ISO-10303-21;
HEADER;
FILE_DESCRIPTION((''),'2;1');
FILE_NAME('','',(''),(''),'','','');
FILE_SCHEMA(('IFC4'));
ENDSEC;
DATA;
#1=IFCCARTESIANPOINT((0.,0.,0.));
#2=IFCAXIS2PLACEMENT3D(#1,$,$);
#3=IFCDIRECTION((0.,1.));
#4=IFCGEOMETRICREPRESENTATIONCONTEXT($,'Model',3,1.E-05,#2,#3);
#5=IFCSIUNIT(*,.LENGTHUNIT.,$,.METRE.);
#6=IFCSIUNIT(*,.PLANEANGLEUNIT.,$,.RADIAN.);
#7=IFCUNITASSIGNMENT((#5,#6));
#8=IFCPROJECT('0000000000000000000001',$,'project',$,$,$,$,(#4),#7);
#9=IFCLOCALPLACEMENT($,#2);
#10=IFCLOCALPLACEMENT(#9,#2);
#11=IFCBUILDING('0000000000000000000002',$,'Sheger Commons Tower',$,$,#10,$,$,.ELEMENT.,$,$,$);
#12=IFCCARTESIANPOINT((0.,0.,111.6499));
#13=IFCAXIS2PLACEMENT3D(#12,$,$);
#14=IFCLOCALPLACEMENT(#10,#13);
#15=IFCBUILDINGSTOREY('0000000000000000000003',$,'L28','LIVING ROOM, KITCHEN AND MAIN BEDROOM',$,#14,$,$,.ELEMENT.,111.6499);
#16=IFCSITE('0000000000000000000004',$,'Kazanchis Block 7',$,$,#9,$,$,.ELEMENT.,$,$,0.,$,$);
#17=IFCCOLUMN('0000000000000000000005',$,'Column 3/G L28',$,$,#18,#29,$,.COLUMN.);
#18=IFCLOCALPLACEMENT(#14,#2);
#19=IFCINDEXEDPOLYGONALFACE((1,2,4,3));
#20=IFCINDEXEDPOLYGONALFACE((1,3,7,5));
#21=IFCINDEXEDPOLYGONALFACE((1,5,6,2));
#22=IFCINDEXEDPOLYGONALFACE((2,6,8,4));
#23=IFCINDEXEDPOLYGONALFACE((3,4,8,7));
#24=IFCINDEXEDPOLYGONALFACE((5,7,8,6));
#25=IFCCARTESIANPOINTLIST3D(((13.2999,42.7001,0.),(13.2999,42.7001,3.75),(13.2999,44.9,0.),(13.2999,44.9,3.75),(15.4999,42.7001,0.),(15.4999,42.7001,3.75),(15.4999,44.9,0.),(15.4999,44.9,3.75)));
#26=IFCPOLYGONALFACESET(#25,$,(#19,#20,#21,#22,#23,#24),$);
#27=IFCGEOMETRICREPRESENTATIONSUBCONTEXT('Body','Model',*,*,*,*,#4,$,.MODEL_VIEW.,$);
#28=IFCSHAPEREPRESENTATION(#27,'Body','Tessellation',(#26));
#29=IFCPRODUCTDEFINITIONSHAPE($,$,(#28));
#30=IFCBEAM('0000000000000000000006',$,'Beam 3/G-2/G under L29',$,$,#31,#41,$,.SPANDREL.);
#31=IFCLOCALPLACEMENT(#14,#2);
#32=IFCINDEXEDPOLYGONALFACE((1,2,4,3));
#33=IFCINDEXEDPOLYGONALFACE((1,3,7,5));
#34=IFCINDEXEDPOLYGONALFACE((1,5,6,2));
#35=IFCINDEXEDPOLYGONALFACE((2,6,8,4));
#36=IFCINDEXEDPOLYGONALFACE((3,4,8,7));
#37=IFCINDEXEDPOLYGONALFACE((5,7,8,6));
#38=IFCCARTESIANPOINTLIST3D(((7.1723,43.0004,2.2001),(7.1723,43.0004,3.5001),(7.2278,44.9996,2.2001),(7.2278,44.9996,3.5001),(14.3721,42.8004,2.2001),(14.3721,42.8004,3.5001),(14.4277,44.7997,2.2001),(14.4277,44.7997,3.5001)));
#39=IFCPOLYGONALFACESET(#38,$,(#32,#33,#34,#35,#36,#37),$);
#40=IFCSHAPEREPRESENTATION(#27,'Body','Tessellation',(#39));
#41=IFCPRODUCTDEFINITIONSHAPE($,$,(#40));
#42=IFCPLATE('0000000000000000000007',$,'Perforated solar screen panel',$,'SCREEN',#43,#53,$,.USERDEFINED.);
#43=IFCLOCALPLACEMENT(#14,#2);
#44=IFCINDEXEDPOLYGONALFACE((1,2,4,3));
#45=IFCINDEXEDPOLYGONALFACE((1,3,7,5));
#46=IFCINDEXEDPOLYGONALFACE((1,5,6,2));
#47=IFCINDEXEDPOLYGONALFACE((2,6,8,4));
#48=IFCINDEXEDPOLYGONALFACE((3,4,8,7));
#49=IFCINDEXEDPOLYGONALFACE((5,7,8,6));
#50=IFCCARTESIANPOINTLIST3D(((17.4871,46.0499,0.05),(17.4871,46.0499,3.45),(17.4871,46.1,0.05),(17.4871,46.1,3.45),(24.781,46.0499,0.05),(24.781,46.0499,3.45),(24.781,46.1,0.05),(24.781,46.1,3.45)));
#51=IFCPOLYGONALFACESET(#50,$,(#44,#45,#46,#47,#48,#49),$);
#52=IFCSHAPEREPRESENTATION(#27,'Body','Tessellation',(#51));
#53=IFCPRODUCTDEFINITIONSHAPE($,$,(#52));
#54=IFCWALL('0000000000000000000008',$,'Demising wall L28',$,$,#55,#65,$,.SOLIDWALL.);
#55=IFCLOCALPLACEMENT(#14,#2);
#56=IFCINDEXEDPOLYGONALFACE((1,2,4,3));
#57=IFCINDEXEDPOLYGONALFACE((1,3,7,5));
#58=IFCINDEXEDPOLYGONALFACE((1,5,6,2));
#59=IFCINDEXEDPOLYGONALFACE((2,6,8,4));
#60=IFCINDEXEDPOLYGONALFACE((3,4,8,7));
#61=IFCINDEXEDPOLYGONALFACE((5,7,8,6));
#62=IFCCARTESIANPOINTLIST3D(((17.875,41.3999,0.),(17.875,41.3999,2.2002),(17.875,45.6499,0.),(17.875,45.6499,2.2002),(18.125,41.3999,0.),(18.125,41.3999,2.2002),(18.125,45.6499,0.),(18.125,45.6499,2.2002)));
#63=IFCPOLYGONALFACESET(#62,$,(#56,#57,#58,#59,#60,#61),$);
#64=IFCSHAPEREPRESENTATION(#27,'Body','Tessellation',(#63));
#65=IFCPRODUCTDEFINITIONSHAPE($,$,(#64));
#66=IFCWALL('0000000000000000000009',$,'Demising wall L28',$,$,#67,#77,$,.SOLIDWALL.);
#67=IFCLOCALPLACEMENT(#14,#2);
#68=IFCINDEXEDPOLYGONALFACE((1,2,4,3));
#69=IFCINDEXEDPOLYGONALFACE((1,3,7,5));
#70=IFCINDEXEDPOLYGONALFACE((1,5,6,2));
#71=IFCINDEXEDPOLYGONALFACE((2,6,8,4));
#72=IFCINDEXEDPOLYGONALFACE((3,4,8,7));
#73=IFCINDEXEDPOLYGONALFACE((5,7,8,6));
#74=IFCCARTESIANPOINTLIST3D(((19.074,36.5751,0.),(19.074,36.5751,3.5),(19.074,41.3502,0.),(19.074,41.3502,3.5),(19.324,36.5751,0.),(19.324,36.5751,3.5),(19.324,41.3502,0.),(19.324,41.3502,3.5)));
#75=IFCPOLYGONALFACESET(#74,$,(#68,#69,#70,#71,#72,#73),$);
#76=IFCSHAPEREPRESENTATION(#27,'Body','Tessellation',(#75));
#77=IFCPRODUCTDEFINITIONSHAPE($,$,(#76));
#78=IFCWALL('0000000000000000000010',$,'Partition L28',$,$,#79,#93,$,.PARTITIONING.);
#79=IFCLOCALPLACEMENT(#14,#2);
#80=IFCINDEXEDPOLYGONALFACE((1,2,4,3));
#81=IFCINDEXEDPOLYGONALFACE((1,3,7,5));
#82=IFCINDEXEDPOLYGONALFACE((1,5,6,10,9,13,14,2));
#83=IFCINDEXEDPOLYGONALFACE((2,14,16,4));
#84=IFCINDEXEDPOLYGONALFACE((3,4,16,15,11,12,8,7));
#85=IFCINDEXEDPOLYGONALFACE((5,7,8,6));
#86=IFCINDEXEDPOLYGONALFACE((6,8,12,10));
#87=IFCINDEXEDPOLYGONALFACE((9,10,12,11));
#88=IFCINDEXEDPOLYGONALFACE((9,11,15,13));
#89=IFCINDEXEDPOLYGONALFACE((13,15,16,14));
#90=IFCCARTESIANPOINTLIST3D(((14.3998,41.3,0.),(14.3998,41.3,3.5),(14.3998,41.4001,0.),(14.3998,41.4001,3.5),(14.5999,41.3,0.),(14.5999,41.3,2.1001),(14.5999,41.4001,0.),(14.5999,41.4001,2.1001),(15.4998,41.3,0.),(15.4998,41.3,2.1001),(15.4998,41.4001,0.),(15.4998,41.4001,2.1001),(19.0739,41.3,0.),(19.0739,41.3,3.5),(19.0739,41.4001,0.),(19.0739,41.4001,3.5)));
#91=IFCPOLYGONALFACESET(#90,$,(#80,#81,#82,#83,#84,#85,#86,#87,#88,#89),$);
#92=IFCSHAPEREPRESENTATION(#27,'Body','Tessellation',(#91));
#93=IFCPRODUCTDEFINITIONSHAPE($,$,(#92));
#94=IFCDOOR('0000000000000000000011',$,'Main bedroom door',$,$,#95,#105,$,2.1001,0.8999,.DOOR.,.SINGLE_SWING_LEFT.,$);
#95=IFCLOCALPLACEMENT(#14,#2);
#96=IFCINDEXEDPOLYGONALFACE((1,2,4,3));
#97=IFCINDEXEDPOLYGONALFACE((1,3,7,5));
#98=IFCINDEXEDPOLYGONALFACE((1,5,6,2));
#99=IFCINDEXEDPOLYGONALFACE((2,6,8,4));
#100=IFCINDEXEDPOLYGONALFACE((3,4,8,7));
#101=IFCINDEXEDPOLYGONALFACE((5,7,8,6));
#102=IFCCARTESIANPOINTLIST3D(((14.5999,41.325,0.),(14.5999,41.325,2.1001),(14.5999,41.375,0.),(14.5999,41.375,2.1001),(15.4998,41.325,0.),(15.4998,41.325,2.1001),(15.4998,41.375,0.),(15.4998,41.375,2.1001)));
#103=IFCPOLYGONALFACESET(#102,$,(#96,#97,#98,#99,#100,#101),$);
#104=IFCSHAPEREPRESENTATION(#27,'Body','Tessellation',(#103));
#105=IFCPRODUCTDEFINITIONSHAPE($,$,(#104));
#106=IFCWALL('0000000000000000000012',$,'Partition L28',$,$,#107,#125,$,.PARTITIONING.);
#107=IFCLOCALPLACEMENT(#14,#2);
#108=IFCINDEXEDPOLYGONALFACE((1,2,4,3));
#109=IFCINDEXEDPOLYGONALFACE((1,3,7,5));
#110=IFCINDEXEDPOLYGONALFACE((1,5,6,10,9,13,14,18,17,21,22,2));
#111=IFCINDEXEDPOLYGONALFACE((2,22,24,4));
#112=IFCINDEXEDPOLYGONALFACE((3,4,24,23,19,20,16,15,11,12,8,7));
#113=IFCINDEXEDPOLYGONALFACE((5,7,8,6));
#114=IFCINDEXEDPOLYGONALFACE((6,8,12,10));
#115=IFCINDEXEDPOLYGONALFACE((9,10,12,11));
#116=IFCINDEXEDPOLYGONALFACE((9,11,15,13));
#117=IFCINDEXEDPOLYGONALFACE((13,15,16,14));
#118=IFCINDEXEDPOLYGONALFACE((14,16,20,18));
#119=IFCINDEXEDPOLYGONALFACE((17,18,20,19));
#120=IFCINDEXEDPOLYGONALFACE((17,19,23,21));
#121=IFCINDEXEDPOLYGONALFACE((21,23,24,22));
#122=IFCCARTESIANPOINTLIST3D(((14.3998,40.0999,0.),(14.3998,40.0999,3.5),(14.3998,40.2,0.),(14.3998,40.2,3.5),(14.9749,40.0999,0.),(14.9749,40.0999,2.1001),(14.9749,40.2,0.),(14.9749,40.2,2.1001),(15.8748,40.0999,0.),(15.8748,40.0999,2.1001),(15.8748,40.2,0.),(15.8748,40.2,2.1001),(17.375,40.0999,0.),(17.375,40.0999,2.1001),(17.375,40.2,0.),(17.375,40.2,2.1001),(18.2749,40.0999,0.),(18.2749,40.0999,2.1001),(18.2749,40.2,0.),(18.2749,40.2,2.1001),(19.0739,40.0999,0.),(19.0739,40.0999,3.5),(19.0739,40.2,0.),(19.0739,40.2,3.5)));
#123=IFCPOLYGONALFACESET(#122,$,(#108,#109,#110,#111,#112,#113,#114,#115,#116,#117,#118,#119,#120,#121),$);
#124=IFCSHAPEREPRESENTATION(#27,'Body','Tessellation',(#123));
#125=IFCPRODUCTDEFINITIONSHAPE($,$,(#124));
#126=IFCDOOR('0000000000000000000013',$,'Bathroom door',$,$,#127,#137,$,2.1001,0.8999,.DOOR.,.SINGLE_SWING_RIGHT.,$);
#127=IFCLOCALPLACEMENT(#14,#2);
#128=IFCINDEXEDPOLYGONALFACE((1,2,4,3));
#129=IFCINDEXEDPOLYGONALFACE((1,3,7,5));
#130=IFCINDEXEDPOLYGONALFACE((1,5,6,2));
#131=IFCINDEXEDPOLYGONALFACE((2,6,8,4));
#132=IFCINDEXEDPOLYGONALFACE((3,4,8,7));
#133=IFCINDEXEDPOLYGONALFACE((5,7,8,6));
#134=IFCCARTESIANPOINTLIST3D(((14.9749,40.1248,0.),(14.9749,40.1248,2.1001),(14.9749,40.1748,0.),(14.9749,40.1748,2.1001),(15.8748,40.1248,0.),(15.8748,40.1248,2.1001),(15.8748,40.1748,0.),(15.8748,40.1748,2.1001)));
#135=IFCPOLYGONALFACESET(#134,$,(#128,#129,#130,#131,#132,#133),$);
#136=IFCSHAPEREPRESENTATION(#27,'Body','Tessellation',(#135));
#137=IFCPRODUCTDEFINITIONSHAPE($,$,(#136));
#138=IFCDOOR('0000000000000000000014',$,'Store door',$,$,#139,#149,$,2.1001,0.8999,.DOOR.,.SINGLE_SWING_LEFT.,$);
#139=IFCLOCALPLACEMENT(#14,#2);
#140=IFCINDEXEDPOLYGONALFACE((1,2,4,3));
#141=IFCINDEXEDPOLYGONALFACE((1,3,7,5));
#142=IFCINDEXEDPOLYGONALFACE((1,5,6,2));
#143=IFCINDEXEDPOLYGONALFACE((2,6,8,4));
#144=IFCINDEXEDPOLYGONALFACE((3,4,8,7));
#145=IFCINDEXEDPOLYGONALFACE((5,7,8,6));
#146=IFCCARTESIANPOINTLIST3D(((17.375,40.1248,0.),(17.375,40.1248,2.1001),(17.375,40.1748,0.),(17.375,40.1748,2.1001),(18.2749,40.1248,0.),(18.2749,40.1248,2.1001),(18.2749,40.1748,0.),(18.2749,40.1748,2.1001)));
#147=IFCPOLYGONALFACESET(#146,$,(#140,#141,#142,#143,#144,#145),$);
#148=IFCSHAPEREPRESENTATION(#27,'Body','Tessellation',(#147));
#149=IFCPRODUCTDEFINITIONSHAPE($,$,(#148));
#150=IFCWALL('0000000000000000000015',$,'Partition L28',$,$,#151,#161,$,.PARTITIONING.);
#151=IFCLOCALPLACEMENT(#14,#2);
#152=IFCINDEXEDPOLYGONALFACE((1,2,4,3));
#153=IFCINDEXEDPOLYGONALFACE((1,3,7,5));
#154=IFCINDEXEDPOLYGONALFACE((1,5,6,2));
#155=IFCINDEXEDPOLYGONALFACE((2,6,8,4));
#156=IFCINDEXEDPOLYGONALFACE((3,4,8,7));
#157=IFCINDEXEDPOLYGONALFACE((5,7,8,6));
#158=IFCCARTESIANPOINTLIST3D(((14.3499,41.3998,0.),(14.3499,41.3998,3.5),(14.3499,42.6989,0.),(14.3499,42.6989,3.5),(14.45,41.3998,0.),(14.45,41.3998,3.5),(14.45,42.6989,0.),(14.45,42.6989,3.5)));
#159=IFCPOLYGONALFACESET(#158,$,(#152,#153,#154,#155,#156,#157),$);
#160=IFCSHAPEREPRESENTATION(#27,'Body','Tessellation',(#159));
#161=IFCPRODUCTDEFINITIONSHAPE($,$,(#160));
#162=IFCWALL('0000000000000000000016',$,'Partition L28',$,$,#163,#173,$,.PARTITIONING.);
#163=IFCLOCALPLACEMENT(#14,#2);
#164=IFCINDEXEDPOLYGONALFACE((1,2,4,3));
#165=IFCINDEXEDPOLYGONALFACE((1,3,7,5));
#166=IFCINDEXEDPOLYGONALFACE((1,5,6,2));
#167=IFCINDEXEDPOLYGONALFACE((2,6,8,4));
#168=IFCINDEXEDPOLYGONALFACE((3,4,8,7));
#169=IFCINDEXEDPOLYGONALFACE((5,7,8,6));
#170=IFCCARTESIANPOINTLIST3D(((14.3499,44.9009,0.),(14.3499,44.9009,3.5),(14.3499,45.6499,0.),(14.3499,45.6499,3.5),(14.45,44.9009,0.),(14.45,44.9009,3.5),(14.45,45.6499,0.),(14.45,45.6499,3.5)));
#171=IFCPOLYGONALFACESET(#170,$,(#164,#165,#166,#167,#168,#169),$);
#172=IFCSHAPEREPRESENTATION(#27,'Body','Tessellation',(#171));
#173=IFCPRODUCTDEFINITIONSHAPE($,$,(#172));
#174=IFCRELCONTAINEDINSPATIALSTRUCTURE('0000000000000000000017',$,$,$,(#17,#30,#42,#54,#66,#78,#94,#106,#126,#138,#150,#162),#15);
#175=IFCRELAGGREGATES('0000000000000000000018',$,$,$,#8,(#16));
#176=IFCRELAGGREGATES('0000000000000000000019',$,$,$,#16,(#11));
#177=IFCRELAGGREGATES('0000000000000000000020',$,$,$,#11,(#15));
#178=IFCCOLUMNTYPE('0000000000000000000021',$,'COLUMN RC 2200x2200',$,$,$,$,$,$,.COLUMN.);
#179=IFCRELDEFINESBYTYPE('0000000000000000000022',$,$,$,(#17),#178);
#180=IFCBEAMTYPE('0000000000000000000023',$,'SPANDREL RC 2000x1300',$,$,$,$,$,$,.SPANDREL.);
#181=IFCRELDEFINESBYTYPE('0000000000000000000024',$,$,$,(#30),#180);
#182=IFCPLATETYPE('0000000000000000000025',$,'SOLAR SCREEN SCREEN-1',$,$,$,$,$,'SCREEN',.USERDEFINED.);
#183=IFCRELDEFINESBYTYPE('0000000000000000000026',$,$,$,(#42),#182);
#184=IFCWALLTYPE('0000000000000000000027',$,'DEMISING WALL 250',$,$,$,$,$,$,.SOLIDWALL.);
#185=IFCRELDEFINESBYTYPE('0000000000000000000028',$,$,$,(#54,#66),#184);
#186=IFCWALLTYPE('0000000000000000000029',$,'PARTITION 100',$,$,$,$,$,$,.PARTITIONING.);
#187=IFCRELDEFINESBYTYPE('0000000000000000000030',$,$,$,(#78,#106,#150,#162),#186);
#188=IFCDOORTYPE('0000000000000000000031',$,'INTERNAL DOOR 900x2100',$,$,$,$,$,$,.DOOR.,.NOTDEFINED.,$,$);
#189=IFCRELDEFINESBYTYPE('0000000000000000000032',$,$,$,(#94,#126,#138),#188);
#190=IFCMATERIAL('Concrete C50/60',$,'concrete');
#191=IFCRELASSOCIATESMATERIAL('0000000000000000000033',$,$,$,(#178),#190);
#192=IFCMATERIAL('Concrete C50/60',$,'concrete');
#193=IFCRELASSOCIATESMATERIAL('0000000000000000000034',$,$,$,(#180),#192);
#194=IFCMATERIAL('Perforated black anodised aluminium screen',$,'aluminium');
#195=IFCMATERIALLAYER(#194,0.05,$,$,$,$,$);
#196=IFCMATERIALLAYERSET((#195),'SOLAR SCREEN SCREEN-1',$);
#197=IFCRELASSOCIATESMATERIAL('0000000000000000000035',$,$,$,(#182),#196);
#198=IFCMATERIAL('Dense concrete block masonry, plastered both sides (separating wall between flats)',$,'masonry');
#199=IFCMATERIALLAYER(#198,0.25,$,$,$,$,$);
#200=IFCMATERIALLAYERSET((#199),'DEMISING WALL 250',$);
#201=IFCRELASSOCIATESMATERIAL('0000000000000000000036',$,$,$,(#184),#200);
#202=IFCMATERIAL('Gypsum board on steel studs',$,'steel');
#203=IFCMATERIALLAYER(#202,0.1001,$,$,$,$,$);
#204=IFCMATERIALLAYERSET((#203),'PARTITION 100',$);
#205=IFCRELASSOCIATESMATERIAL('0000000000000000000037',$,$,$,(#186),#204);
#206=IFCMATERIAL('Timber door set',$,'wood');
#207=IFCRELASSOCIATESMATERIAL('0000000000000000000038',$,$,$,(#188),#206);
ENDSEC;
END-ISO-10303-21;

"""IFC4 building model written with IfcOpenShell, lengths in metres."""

from ifc_helpers import new_model, si_unit, direction, frame, frame_2d, origin, origin_2d, place, context, subcontext, project, spatial, rectangle, extrude, material, layer, layer_set, material_profile, profile_set, type_object, element, fill, save


model = new_model("IFC4")

# Units and contexts
model_context = context("Model", 3, precision=1e-05, world=origin(), true_north=direction((0.0, 1.0)))
body_context = subcontext(model_context, "Body", "Model", "MODEL_VIEW")
ifc_project = project(units=[si_unit("LENGTHUNIT", "METRE"), si_unit("PLANEANGLEUNIT", "RADIAN")], contexts=[model_context])

# Site, building, storey
site_placement = place(None, origin())
site = spatial("IfcSite", under=ifc_project, at=site_placement, Name="Kazanchis Block 7", CompositionType="ELEMENT", RefElevation=0.0)
building_placement = place(site_placement, origin())
building = spatial("IfcBuilding", under=site, at=building_placement, Name="Sheger Commons Tower", CompositionType="ELEMENT")
storey_placement = place(building_placement, frame((0.0, 0.0, 111.6499)))
storey = spatial("IfcBuildingStorey", under=building, at=storey_placement, Name="L28", Description="LIVING ROOM, KITCHEN AND MAIN BEDROOM", CompositionType="ELEMENT", Elevation=111.6499)

# Column
ifc_material_1 = material(Name="Concrete C50/60", Category="concrete")
ifc_material_profile_1 = material_profile(ifc_material_1, rectangle(XDim=2.2, YDim=2.2, at=origin_2d()), Name="RC 2200x2200")
ifc_profile_set_1 = profile_set([ifc_material_profile_1], Name="Concrete C50/60")
column_type = type_object("IfcColumnType", Name="COLUMN RC 2200x2200", PredefinedType="COLUMN", material=ifc_profile_set_1)
column_placement = place(storey_placement, frame((14.3999, 43.8, 0.0), z_axis=(0.0, 0.0, 1.0), x_axis=(1.0, 0.0, 0.0)))
element("IfcColumn", 1, at=column_placement, inside=storey, type_object=column_type, Name="Column 3/G L28", PredefinedType="COLUMN", context=body_context, shape_type="SweptSolid", body=[
    extrude(rectangle(XDim=2.2, YDim=2.2, at=origin_2d()), origin(), (0.0, 0.0, 1.0), 3.75),
])

# Beam
ifc_material_2 = material(Name="Concrete C50/60", Category="concrete")
ifc_material_profile_2 = material_profile(ifc_material_2, rectangle(XDim=2.0, YDim=1.3, at=origin_2d()), Name="RC 2000x1300")
ifc_profile_set_2 = profile_set([ifc_material_profile_2], Name="Concrete C50/60")
beam_type = type_object("IfcBeamType", Name="SPANDREL RC 2000x1300", PredefinedType="SPANDREL", material=ifc_profile_set_2)
beam_placement = place(storey_placement, frame((14.3999, 43.8, 2.8501), z_axis=(-0.999615, 0.02776, 0.0), x_axis=(-0.02776, -0.999615, 0.0)))
element("IfcBeam", 2, at=beam_placement, inside=storey, type_object=beam_type, Name="Beam 3/G-2/G under L29", PredefinedType="SPANDREL", context=body_context, shape_type="SweptSolid", body=[
    extrude(rectangle(XDim=2.0, YDim=1.3, at=origin_2d()), origin(), (0.0, 0.0, 1.0), 7.2026),
])

# Plate
ifc_material_3 = material(Name="Perforated black anodised aluminium screen", Category="aluminium")
ifc_layer_1 = layer(ifc_material_3, 0.05)
ifc_layer_set_1 = layer_set([ifc_layer_1], Name="SOLAR SCREEN SCREEN-1")
plate_type = type_object("IfcPlateType", Name="SOLAR SCREEN SCREEN-1", ElementType="SCREEN", PredefinedType="USERDEFINED", material=ifc_layer_set_1)
plate_placement = place(storey_placement, frame((21.134, 46.075, 0.05), z_axis=(0.0, 0.0, 1.0), x_axis=(-1.0, 0.0, 0.0)))
element("IfcPlate", 3, at=plate_placement, inside=storey, type_object=plate_type, Name="Perforated solar screen panel", ObjectType="SCREEN", PredefinedType="USERDEFINED", context=body_context, shape_type="SweptSolid", body=[
    extrude(rectangle(XDim=7.2939, YDim=0.05, at=origin_2d()), origin(), (0.0, 0.0, 1.0), 3.3999),
])

# Walls
ifc_material_4 = material(Name="Dense concrete block masonry, plastered both sides (separating wall between flats)", Category="masonry")
ifc_layer_2 = layer(ifc_material_4, 0.25)
ifc_layer_set_2 = layer_set([ifc_layer_2], Name="DEMISING WALL 250")
wall_type_1 = type_object("IfcWallType", Name="DEMISING WALL 250", PredefinedType="SOLIDWALL", material=ifc_layer_set_2)
wall_1_placement = place(storey_placement, frame((18.0, 41.3999, 0.0), z_axis=(0.0, 0.0, 1.0), x_axis=(0.0, 1.0, 0.0)))
element("IfcWall", 4, at=wall_1_placement, inside=storey, type_object=wall_type_1, Name="Demising wall L28", PredefinedType="SOLIDWALL", context=body_context, shape_type="SweptSolid", body=[
    extrude(rectangle(XDim=4.25, YDim=0.25, at=frame_2d((2.125, 0.0))), origin(), (0.0, 0.0, 1.0), 2.2002),
])
wall_2_placement = place(storey_placement, frame((19.199, 36.575, 0.0), z_axis=(0.0, 0.0, 1.0), x_axis=(0.0, 1.0, 0.0)))
element("IfcWall", 5, at=wall_2_placement, inside=storey, type_object=wall_type_1, Name="Demising wall L28", PredefinedType="SOLIDWALL", context=body_context, shape_type="SweptSolid", body=[
    extrude(rectangle(XDim=4.7751, YDim=0.25, at=frame_2d((2.3877, 0.0))), origin(), (0.0, 0.0, 1.0), 3.5),
])

# Wall, opening, door
ifc_material_5 = material(Name="Gypsum board on steel studs", Category="steel")
ifc_layer_3 = layer(ifc_material_5, 0.1001)
ifc_layer_set_3 = layer_set([ifc_layer_3], Name="PARTITION 100")
wall_type_2 = type_object("IfcWallType", Name="PARTITION 100", PredefinedType="PARTITIONING", material=ifc_layer_set_3)
wall_3_placement = place(storey_placement, frame((14.3999, 41.3501, 0.0), z_axis=(0.0, 0.0, 1.0), x_axis=(1.0, 0.0, 0.0)))
wall_3 = element("IfcWall", 6, at=wall_3_placement, inside=storey, type_object=wall_type_2, Name="Partition L28", PredefinedType="PARTITIONING", context=body_context, shape_type="SweptSolid", body=[
    extrude(rectangle(XDim=4.6741, YDim=0.1001, at=frame_2d((2.3369, 0.0))), origin(), (0.0, 0.0, 1.0), 3.5),
])
opening_1_placement = place(wall_3_placement, frame((0.2, 0.0, 0.0)))
opening_1 = element("IfcOpeningElement", 7, at=opening_1_placement, cuts=wall_3, PredefinedType="OPENING", context=body_context, shape_type="SweptSolid", body=[
    extrude(rectangle(XDim=0.8999, YDim=2.1001, at=frame_2d((0.45, 1.05))), frame((0.0, 0.0601, 0.0), z_axis=(0.0, -1.0, 0.0), x_axis=(1.0, 0.0, 0.0)), (0.0, 0.0, 1.0), 0.1201),
])
ifc_material_6 = material(Name="Timber door set", Category="wood")
door_type_1 = type_object("IfcDoorType", Name="INTERNAL DOOR 900x2100", OperationType="NOTDEFINED", PredefinedType="DOOR", material=ifc_material_6)
door_1_placement = place(opening_1_placement, origin())
door_1 = element("IfcDoor", 8, at=door_1_placement, inside=storey, type_object=door_type_1, Name="Main bedroom door", OperationType="SINGLE_SWING_LEFT", OverallHeight=2.1001, OverallWidth=0.8999, PredefinedType="DOOR", context=body_context, shape_type="SweptSolid", body=[
    extrude(rectangle(XDim=0.8999, YDim=2.1001, at=frame_2d((0.45, 1.05))), frame((0.0, 0.0249, 0.0), z_axis=(0.0, -1.0, 0.0), x_axis=(1.0, 0.0, 0.0)), (0.0, 0.0, 1.0), 0.05),
])
fill(opening_1, door_1)

# Wall, openings, doors
wall_4_placement = place(storey_placement, frame((14.3999, 40.1499, 0.0), z_axis=(0.0, 0.0, 1.0), x_axis=(1.0, 0.0, 0.0)))
wall_4 = element("IfcWall", 9, at=wall_4_placement, inside=storey, type_object=wall_type_2, Name="Partition L28", PredefinedType="PARTITIONING", context=body_context, shape_type="SweptSolid", body=[
    extrude(rectangle(XDim=4.6741, YDim=0.1001, at=frame_2d((2.3369, 0.0))), origin(), (0.0, 0.0, 1.0), 3.5),
])
opening_2_placement = place(wall_4_placement, frame((0.575, 0.0, 0.0)))
opening_2 = element("IfcOpeningElement", 10, at=opening_2_placement, cuts=wall_4, PredefinedType="OPENING", context=body_context, shape_type="SweptSolid", body=[
    extrude(rectangle(XDim=0.8999, YDim=2.1001, at=frame_2d((0.45, 1.05))), frame((0.0, 0.0601, 0.0), z_axis=(0.0, -1.0, 0.0), x_axis=(1.0, 0.0, 0.0)), (0.0, 0.0, 1.0), 0.1201),
])
opening_3_placement = place(wall_4_placement, frame((2.9751, 0.0, 0.0)))
opening_3 = element("IfcOpeningElement", 11, at=opening_3_placement, cuts=wall_4, PredefinedType="OPENING", context=body_context, shape_type="SweptSolid", body=[
    extrude(rectangle(XDim=0.8999, YDim=2.1001, at=frame_2d((0.45, 1.05))), frame((0.0, 0.0601, 0.0), z_axis=(0.0, -1.0, 0.0), x_axis=(1.0, 0.0, 0.0)), (0.0, 0.0, 1.0), 0.1201),
])
door_2_placement = place(opening_2_placement, origin())
door_2 = element("IfcDoor", 12, at=door_2_placement, inside=storey, type_object=door_type_1, Name="Bathroom door", OperationType="SINGLE_SWING_RIGHT", OverallHeight=2.1001, OverallWidth=0.8999, PredefinedType="DOOR", context=body_context, shape_type="SweptSolid", body=[
    extrude(rectangle(XDim=0.8999, YDim=2.1001, at=frame_2d((0.45, 1.05))), frame((0.0, 0.0249, 0.0), z_axis=(0.0, -1.0, 0.0), x_axis=(1.0, 0.0, 0.0)), (0.0, 0.0, 1.0), 0.05),
])
fill(opening_2, door_2)
door_3_placement = place(opening_3_placement, origin())
door_3 = element("IfcDoor", 13, at=door_3_placement, inside=storey, type_object=door_type_1, Name="Store door", OperationType="SINGLE_SWING_LEFT", OverallHeight=2.1001, OverallWidth=0.8999, PredefinedType="DOOR", context=body_context, shape_type="SweptSolid", body=[
    extrude(rectangle(XDim=0.8999, YDim=2.1001, at=frame_2d((0.45, 1.05))), frame((0.0, 0.0249, 0.0), z_axis=(0.0, -1.0, 0.0), x_axis=(1.0, 0.0, 0.0)), (0.0, 0.0, 1.0), 0.05),
])
fill(opening_3, door_3)

# Walls
wall_5_placement = place(storey_placement, frame((14.3999, 41.3999, 0.0), z_axis=(0.0, 0.0, 1.0), x_axis=(0.0, 1.0, 0.0)))
element("IfcWall", 14, at=wall_5_placement, inside=storey, type_object=wall_type_2, Name="Partition L28", PredefinedType="PARTITIONING", context=body_context, shape_type="SweptSolid", body=[
    extrude(rectangle(XDim=1.2991, YDim=0.1001, at=frame_2d((0.6494, 0.0))), origin(), (0.0, 0.0, 1.0), 3.5),
])
wall_6_placement = place(storey_placement, frame((14.3999, 44.9009, 0.0), z_axis=(0.0, 0.0, 1.0), x_axis=(0.0, 1.0, 0.0)))
element("IfcWall", 15, at=wall_6_placement, inside=storey, type_object=wall_type_2, Name="Partition L28", PredefinedType="PARTITIONING", context=body_context, shape_type="SweptSolid", body=[
    extrude(rectangle(XDim=0.749, YDim=0.1001, at=frame_2d((0.3745, 0.0))), origin(), (0.0, 0.0, 1.0), 3.5),
])

save(model, "model.ifc")
